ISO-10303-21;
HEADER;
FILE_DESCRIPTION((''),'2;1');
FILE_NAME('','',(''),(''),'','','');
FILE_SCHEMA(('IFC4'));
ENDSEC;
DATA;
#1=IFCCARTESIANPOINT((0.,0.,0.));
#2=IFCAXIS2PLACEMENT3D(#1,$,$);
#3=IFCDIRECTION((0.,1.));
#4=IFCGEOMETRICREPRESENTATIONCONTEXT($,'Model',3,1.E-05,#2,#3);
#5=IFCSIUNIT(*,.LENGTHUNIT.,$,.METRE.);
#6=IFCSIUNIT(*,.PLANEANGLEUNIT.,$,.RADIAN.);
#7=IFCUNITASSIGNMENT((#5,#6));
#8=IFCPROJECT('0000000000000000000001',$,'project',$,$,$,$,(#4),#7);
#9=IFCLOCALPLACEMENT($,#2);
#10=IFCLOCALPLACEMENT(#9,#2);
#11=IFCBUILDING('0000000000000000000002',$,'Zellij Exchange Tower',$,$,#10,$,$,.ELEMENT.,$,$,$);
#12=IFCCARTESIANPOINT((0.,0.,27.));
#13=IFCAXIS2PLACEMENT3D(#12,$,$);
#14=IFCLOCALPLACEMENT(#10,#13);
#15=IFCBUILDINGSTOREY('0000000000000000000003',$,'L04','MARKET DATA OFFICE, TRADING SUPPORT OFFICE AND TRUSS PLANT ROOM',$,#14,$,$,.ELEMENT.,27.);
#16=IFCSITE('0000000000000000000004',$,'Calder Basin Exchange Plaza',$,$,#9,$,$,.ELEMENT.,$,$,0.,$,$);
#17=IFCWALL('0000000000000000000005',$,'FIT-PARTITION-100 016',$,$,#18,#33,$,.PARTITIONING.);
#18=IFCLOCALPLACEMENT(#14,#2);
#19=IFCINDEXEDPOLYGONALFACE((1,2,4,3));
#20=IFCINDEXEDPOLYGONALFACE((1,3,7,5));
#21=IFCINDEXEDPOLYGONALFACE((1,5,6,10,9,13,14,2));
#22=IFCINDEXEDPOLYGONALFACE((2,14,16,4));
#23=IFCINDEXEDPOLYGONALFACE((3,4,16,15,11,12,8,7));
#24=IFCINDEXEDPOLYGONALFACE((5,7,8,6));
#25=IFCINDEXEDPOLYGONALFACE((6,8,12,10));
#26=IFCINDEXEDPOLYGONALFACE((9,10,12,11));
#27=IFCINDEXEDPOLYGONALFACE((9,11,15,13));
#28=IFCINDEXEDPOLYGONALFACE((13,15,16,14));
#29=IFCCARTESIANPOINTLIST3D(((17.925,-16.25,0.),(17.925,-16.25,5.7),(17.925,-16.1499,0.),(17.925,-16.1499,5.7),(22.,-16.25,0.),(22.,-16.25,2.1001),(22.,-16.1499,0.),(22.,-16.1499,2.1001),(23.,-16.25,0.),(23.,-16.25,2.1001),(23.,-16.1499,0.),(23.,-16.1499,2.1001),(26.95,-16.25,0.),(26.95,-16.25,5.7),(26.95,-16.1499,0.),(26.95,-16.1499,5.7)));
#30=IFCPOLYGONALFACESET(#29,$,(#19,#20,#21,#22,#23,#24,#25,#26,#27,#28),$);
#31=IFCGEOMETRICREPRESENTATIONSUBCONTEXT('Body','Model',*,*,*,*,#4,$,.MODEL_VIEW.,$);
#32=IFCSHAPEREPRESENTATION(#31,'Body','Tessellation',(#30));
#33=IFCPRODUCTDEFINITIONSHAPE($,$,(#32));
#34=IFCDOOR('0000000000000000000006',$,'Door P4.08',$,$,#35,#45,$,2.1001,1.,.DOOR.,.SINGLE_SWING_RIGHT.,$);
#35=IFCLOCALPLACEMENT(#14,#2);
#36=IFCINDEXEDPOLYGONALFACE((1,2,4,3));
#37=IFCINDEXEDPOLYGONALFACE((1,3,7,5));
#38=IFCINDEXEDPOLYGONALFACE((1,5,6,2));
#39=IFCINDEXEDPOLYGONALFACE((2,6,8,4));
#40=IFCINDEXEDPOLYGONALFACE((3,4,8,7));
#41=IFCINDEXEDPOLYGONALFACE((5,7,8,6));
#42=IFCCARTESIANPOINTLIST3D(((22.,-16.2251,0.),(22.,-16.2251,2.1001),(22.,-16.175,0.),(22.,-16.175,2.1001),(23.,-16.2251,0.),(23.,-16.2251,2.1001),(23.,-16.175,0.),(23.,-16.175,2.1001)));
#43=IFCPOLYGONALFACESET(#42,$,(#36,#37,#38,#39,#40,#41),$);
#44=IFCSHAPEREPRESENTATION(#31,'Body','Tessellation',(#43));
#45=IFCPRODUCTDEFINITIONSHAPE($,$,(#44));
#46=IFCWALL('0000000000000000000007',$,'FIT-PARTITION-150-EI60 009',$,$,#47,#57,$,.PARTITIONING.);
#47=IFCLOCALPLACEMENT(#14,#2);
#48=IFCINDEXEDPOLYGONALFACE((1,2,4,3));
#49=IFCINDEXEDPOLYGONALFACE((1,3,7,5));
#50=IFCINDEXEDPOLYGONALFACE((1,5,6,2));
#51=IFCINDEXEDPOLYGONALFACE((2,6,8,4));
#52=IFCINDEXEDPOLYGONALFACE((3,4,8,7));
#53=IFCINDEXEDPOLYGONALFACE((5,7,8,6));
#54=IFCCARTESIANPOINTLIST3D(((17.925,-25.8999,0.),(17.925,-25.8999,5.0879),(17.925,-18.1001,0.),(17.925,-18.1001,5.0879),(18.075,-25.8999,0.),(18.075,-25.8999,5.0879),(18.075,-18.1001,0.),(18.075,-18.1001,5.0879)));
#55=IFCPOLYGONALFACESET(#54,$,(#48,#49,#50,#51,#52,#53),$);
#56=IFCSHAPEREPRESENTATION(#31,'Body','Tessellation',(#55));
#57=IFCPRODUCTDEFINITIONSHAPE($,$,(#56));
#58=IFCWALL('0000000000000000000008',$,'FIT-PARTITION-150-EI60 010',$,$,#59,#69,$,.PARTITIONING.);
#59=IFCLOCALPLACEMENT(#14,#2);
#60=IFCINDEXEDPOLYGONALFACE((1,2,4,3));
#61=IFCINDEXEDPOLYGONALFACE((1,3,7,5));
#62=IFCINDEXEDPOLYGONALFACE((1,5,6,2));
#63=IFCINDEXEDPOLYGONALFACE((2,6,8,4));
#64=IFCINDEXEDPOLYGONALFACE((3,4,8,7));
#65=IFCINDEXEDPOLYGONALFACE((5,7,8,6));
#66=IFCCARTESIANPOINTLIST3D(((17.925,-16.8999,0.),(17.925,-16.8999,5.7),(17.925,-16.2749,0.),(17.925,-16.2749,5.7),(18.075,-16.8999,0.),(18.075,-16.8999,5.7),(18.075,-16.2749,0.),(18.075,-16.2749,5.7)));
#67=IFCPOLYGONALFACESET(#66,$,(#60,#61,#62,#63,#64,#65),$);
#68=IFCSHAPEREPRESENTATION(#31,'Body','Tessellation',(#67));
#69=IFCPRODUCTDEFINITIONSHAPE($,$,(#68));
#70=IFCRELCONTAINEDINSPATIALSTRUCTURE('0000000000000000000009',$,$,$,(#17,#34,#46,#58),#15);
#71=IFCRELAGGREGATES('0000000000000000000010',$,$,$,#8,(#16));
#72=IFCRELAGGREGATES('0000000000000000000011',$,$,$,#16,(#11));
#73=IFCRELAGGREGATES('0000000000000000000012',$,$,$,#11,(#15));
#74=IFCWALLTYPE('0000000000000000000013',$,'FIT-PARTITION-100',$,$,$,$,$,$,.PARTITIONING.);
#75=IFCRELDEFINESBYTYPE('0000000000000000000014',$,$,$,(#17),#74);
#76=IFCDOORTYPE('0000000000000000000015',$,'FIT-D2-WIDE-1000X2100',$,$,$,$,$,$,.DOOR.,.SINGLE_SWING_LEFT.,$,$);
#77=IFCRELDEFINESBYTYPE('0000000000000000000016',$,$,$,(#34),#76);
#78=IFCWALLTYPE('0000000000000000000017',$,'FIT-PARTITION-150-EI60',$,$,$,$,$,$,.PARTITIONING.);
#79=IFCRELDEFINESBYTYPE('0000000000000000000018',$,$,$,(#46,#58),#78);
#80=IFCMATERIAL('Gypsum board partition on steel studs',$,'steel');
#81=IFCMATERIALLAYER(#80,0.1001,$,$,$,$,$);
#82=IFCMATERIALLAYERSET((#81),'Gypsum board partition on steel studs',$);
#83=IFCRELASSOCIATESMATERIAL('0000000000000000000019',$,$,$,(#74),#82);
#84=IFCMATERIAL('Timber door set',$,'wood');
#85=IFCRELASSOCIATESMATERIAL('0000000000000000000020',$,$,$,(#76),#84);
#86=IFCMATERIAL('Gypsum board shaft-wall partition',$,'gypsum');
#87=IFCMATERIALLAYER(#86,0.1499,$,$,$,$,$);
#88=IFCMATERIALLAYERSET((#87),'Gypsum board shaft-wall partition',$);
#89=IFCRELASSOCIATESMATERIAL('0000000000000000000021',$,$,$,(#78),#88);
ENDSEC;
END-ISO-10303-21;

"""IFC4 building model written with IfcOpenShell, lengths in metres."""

from ifc_helpers import new_model, si_unit, direction, frame, frame_2d, origin, place, context, subcontext, project, spatial, rectangle, extrude, material, layer, layer_set, type_object, element, fill, save


model = new_model("IFC4")

# Units and contexts
model_context = context("Model", 3, precision=1e-05, world=origin(), true_north=direction((0.0, 1.0)))
body_context = subcontext(model_context, "Body", "Model", "MODEL_VIEW")
ifc_project = project(units=[si_unit("LENGTHUNIT", "METRE"), si_unit("PLANEANGLEUNIT", "RADIAN")], contexts=[model_context])

# Site, building, storey
site_placement = place(None, origin())
site = spatial("IfcSite", under=ifc_project, at=site_placement, Name="Calder Basin Exchange Plaza", CompositionType="ELEMENT", RefElevation=0.0)
building_placement = place(site_placement, origin())
building = spatial("IfcBuilding", under=site, at=building_placement, Name="Zellij Exchange Tower", CompositionType="ELEMENT")
storey_placement = place(building_placement, frame((0.0, 0.0, 27.0)))
storey = spatial("IfcBuildingStorey", under=building, at=storey_placement, Name="L04", Description="MARKET DATA OFFICE, TRADING SUPPORT OFFICE AND TRUSS PLANT ROOM", CompositionType="ELEMENT", Elevation=27.0)

# Shared definitions
ifc_material_1 = material(Name="Gypsum board partition on steel studs", Category="steel")
ifc_layer_1 = layer(ifc_material_1, 0.1001)
ifc_layer_set_1 = layer_set([ifc_layer_1], Name="Gypsum board partition on steel studs")
wall_type_1 = type_object("IfcWallType", Name="FIT-PARTITION-100", PredefinedType="PARTITIONING", material=ifc_layer_set_1)

# Wall, opening, door
wall_1_placement = place(storey_placement, frame((17.925, -16.2, 0.0), z_axis=(0.0, 0.0, 1.0), x_axis=(1.0, 0.0, 0.0)))
wall_1 = element("IfcWall", 1, at=wall_1_placement, inside=storey, type_object=wall_type_1, Name="FIT-PARTITION-100 016", PredefinedType="PARTITIONING", context=body_context, shape_type="SweptSolid", body=[
    extrude(rectangle(XDim=9.0249, YDim=0.1001, at=frame_2d((4.5125, 0.0))), origin(), (0.0, 0.0, 1.0), 5.7),
])
opening_placement = place(wall_1_placement, frame((4.075, 0.0, 0.0)))
opening = element("IfcOpeningElement", 2, at=opening_placement, cuts=wall_1, PredefinedType="OPENING", context=body_context, shape_type="SweptSolid", body=[
    extrude(rectangle(XDim=1.0, YDim=2.1001, at=frame_2d((0.5, 1.05))), frame((0.0, 0.062, 0.0), z_axis=(0.0, -1.0, 0.0), x_axis=(1.0, 0.0, 0.0)), (0.0, 0.0, 1.0), 0.124),
])
ifc_material_2 = material(Name="Timber door set", Category="wood")
door_type = type_object("IfcDoorType", Name="FIT-D2-WIDE-1000X2100", OperationType="SINGLE_SWING_LEFT", PredefinedType="DOOR", material=ifc_material_2)
door_placement = place(opening_placement, origin())
door = element("IfcDoor", 3, at=door_placement, inside=storey, type_object=door_type, Name="Door P4.08", OperationType="SINGLE_SWING_RIGHT", OverallHeight=2.1001, OverallWidth=1.0, PredefinedType="DOOR", context=body_context, shape_type="SweptSolid", body=[
    extrude(rectangle(XDim=1.0, YDim=2.1001, at=frame_2d((0.5, 1.05))), frame((0.0, 0.0249, 0.0), z_axis=(0.0, -1.0, 0.0), x_axis=(1.0, 0.0, 0.0)), (0.0, 0.0, 1.0), 0.05),
])
fill(opening, door)

# Walls
ifc_material_3 = material(Name="Gypsum board shaft-wall partition", Category="gypsum")
ifc_layer_2 = layer(ifc_material_3, 0.1499)
ifc_layer_set_2 = layer_set([ifc_layer_2], Name="Gypsum board shaft-wall partition")
wall_type_2 = type_object("IfcWallType", Name="FIT-PARTITION-150-EI60", PredefinedType="PARTITIONING", material=ifc_layer_set_2)
wall_2_placement = place(storey_placement, frame((18.0, -25.8999, 0.0), z_axis=(0.0, 0.0, 1.0), x_axis=(0.0, 1.0, 0.0)))
element("IfcWall", 4, at=wall_2_placement, inside=storey, type_object=wall_type_2, Name="FIT-PARTITION-150-EI60 009", PredefinedType="PARTITIONING", context=body_context, shape_type="SweptSolid", body=[
    extrude(rectangle(XDim=7.7998, YDim=0.1499, at=frame_2d((3.8999, 0.0))), origin(), (0.0, 0.0, 1.0), 5.0879),
])
wall_3_placement = place(storey_placement, frame((18.0, -16.8999, 0.0), z_axis=(0.0, 0.0, 1.0), x_axis=(0.0, 1.0, 0.0)))
element("IfcWall", 5, at=wall_3_placement, inside=storey, type_object=wall_type_2, Name="FIT-PARTITION-150-EI60 010", PredefinedType="PARTITIONING", context=body_context, shape_type="SweptSolid", body=[
    extrude(rectangle(XDim=0.625, YDim=0.1499, at=frame_2d((0.3125, 0.0))), origin(), (0.0, 0.0, 1.0), 5.7),
])

save(model, "model.ifc")
